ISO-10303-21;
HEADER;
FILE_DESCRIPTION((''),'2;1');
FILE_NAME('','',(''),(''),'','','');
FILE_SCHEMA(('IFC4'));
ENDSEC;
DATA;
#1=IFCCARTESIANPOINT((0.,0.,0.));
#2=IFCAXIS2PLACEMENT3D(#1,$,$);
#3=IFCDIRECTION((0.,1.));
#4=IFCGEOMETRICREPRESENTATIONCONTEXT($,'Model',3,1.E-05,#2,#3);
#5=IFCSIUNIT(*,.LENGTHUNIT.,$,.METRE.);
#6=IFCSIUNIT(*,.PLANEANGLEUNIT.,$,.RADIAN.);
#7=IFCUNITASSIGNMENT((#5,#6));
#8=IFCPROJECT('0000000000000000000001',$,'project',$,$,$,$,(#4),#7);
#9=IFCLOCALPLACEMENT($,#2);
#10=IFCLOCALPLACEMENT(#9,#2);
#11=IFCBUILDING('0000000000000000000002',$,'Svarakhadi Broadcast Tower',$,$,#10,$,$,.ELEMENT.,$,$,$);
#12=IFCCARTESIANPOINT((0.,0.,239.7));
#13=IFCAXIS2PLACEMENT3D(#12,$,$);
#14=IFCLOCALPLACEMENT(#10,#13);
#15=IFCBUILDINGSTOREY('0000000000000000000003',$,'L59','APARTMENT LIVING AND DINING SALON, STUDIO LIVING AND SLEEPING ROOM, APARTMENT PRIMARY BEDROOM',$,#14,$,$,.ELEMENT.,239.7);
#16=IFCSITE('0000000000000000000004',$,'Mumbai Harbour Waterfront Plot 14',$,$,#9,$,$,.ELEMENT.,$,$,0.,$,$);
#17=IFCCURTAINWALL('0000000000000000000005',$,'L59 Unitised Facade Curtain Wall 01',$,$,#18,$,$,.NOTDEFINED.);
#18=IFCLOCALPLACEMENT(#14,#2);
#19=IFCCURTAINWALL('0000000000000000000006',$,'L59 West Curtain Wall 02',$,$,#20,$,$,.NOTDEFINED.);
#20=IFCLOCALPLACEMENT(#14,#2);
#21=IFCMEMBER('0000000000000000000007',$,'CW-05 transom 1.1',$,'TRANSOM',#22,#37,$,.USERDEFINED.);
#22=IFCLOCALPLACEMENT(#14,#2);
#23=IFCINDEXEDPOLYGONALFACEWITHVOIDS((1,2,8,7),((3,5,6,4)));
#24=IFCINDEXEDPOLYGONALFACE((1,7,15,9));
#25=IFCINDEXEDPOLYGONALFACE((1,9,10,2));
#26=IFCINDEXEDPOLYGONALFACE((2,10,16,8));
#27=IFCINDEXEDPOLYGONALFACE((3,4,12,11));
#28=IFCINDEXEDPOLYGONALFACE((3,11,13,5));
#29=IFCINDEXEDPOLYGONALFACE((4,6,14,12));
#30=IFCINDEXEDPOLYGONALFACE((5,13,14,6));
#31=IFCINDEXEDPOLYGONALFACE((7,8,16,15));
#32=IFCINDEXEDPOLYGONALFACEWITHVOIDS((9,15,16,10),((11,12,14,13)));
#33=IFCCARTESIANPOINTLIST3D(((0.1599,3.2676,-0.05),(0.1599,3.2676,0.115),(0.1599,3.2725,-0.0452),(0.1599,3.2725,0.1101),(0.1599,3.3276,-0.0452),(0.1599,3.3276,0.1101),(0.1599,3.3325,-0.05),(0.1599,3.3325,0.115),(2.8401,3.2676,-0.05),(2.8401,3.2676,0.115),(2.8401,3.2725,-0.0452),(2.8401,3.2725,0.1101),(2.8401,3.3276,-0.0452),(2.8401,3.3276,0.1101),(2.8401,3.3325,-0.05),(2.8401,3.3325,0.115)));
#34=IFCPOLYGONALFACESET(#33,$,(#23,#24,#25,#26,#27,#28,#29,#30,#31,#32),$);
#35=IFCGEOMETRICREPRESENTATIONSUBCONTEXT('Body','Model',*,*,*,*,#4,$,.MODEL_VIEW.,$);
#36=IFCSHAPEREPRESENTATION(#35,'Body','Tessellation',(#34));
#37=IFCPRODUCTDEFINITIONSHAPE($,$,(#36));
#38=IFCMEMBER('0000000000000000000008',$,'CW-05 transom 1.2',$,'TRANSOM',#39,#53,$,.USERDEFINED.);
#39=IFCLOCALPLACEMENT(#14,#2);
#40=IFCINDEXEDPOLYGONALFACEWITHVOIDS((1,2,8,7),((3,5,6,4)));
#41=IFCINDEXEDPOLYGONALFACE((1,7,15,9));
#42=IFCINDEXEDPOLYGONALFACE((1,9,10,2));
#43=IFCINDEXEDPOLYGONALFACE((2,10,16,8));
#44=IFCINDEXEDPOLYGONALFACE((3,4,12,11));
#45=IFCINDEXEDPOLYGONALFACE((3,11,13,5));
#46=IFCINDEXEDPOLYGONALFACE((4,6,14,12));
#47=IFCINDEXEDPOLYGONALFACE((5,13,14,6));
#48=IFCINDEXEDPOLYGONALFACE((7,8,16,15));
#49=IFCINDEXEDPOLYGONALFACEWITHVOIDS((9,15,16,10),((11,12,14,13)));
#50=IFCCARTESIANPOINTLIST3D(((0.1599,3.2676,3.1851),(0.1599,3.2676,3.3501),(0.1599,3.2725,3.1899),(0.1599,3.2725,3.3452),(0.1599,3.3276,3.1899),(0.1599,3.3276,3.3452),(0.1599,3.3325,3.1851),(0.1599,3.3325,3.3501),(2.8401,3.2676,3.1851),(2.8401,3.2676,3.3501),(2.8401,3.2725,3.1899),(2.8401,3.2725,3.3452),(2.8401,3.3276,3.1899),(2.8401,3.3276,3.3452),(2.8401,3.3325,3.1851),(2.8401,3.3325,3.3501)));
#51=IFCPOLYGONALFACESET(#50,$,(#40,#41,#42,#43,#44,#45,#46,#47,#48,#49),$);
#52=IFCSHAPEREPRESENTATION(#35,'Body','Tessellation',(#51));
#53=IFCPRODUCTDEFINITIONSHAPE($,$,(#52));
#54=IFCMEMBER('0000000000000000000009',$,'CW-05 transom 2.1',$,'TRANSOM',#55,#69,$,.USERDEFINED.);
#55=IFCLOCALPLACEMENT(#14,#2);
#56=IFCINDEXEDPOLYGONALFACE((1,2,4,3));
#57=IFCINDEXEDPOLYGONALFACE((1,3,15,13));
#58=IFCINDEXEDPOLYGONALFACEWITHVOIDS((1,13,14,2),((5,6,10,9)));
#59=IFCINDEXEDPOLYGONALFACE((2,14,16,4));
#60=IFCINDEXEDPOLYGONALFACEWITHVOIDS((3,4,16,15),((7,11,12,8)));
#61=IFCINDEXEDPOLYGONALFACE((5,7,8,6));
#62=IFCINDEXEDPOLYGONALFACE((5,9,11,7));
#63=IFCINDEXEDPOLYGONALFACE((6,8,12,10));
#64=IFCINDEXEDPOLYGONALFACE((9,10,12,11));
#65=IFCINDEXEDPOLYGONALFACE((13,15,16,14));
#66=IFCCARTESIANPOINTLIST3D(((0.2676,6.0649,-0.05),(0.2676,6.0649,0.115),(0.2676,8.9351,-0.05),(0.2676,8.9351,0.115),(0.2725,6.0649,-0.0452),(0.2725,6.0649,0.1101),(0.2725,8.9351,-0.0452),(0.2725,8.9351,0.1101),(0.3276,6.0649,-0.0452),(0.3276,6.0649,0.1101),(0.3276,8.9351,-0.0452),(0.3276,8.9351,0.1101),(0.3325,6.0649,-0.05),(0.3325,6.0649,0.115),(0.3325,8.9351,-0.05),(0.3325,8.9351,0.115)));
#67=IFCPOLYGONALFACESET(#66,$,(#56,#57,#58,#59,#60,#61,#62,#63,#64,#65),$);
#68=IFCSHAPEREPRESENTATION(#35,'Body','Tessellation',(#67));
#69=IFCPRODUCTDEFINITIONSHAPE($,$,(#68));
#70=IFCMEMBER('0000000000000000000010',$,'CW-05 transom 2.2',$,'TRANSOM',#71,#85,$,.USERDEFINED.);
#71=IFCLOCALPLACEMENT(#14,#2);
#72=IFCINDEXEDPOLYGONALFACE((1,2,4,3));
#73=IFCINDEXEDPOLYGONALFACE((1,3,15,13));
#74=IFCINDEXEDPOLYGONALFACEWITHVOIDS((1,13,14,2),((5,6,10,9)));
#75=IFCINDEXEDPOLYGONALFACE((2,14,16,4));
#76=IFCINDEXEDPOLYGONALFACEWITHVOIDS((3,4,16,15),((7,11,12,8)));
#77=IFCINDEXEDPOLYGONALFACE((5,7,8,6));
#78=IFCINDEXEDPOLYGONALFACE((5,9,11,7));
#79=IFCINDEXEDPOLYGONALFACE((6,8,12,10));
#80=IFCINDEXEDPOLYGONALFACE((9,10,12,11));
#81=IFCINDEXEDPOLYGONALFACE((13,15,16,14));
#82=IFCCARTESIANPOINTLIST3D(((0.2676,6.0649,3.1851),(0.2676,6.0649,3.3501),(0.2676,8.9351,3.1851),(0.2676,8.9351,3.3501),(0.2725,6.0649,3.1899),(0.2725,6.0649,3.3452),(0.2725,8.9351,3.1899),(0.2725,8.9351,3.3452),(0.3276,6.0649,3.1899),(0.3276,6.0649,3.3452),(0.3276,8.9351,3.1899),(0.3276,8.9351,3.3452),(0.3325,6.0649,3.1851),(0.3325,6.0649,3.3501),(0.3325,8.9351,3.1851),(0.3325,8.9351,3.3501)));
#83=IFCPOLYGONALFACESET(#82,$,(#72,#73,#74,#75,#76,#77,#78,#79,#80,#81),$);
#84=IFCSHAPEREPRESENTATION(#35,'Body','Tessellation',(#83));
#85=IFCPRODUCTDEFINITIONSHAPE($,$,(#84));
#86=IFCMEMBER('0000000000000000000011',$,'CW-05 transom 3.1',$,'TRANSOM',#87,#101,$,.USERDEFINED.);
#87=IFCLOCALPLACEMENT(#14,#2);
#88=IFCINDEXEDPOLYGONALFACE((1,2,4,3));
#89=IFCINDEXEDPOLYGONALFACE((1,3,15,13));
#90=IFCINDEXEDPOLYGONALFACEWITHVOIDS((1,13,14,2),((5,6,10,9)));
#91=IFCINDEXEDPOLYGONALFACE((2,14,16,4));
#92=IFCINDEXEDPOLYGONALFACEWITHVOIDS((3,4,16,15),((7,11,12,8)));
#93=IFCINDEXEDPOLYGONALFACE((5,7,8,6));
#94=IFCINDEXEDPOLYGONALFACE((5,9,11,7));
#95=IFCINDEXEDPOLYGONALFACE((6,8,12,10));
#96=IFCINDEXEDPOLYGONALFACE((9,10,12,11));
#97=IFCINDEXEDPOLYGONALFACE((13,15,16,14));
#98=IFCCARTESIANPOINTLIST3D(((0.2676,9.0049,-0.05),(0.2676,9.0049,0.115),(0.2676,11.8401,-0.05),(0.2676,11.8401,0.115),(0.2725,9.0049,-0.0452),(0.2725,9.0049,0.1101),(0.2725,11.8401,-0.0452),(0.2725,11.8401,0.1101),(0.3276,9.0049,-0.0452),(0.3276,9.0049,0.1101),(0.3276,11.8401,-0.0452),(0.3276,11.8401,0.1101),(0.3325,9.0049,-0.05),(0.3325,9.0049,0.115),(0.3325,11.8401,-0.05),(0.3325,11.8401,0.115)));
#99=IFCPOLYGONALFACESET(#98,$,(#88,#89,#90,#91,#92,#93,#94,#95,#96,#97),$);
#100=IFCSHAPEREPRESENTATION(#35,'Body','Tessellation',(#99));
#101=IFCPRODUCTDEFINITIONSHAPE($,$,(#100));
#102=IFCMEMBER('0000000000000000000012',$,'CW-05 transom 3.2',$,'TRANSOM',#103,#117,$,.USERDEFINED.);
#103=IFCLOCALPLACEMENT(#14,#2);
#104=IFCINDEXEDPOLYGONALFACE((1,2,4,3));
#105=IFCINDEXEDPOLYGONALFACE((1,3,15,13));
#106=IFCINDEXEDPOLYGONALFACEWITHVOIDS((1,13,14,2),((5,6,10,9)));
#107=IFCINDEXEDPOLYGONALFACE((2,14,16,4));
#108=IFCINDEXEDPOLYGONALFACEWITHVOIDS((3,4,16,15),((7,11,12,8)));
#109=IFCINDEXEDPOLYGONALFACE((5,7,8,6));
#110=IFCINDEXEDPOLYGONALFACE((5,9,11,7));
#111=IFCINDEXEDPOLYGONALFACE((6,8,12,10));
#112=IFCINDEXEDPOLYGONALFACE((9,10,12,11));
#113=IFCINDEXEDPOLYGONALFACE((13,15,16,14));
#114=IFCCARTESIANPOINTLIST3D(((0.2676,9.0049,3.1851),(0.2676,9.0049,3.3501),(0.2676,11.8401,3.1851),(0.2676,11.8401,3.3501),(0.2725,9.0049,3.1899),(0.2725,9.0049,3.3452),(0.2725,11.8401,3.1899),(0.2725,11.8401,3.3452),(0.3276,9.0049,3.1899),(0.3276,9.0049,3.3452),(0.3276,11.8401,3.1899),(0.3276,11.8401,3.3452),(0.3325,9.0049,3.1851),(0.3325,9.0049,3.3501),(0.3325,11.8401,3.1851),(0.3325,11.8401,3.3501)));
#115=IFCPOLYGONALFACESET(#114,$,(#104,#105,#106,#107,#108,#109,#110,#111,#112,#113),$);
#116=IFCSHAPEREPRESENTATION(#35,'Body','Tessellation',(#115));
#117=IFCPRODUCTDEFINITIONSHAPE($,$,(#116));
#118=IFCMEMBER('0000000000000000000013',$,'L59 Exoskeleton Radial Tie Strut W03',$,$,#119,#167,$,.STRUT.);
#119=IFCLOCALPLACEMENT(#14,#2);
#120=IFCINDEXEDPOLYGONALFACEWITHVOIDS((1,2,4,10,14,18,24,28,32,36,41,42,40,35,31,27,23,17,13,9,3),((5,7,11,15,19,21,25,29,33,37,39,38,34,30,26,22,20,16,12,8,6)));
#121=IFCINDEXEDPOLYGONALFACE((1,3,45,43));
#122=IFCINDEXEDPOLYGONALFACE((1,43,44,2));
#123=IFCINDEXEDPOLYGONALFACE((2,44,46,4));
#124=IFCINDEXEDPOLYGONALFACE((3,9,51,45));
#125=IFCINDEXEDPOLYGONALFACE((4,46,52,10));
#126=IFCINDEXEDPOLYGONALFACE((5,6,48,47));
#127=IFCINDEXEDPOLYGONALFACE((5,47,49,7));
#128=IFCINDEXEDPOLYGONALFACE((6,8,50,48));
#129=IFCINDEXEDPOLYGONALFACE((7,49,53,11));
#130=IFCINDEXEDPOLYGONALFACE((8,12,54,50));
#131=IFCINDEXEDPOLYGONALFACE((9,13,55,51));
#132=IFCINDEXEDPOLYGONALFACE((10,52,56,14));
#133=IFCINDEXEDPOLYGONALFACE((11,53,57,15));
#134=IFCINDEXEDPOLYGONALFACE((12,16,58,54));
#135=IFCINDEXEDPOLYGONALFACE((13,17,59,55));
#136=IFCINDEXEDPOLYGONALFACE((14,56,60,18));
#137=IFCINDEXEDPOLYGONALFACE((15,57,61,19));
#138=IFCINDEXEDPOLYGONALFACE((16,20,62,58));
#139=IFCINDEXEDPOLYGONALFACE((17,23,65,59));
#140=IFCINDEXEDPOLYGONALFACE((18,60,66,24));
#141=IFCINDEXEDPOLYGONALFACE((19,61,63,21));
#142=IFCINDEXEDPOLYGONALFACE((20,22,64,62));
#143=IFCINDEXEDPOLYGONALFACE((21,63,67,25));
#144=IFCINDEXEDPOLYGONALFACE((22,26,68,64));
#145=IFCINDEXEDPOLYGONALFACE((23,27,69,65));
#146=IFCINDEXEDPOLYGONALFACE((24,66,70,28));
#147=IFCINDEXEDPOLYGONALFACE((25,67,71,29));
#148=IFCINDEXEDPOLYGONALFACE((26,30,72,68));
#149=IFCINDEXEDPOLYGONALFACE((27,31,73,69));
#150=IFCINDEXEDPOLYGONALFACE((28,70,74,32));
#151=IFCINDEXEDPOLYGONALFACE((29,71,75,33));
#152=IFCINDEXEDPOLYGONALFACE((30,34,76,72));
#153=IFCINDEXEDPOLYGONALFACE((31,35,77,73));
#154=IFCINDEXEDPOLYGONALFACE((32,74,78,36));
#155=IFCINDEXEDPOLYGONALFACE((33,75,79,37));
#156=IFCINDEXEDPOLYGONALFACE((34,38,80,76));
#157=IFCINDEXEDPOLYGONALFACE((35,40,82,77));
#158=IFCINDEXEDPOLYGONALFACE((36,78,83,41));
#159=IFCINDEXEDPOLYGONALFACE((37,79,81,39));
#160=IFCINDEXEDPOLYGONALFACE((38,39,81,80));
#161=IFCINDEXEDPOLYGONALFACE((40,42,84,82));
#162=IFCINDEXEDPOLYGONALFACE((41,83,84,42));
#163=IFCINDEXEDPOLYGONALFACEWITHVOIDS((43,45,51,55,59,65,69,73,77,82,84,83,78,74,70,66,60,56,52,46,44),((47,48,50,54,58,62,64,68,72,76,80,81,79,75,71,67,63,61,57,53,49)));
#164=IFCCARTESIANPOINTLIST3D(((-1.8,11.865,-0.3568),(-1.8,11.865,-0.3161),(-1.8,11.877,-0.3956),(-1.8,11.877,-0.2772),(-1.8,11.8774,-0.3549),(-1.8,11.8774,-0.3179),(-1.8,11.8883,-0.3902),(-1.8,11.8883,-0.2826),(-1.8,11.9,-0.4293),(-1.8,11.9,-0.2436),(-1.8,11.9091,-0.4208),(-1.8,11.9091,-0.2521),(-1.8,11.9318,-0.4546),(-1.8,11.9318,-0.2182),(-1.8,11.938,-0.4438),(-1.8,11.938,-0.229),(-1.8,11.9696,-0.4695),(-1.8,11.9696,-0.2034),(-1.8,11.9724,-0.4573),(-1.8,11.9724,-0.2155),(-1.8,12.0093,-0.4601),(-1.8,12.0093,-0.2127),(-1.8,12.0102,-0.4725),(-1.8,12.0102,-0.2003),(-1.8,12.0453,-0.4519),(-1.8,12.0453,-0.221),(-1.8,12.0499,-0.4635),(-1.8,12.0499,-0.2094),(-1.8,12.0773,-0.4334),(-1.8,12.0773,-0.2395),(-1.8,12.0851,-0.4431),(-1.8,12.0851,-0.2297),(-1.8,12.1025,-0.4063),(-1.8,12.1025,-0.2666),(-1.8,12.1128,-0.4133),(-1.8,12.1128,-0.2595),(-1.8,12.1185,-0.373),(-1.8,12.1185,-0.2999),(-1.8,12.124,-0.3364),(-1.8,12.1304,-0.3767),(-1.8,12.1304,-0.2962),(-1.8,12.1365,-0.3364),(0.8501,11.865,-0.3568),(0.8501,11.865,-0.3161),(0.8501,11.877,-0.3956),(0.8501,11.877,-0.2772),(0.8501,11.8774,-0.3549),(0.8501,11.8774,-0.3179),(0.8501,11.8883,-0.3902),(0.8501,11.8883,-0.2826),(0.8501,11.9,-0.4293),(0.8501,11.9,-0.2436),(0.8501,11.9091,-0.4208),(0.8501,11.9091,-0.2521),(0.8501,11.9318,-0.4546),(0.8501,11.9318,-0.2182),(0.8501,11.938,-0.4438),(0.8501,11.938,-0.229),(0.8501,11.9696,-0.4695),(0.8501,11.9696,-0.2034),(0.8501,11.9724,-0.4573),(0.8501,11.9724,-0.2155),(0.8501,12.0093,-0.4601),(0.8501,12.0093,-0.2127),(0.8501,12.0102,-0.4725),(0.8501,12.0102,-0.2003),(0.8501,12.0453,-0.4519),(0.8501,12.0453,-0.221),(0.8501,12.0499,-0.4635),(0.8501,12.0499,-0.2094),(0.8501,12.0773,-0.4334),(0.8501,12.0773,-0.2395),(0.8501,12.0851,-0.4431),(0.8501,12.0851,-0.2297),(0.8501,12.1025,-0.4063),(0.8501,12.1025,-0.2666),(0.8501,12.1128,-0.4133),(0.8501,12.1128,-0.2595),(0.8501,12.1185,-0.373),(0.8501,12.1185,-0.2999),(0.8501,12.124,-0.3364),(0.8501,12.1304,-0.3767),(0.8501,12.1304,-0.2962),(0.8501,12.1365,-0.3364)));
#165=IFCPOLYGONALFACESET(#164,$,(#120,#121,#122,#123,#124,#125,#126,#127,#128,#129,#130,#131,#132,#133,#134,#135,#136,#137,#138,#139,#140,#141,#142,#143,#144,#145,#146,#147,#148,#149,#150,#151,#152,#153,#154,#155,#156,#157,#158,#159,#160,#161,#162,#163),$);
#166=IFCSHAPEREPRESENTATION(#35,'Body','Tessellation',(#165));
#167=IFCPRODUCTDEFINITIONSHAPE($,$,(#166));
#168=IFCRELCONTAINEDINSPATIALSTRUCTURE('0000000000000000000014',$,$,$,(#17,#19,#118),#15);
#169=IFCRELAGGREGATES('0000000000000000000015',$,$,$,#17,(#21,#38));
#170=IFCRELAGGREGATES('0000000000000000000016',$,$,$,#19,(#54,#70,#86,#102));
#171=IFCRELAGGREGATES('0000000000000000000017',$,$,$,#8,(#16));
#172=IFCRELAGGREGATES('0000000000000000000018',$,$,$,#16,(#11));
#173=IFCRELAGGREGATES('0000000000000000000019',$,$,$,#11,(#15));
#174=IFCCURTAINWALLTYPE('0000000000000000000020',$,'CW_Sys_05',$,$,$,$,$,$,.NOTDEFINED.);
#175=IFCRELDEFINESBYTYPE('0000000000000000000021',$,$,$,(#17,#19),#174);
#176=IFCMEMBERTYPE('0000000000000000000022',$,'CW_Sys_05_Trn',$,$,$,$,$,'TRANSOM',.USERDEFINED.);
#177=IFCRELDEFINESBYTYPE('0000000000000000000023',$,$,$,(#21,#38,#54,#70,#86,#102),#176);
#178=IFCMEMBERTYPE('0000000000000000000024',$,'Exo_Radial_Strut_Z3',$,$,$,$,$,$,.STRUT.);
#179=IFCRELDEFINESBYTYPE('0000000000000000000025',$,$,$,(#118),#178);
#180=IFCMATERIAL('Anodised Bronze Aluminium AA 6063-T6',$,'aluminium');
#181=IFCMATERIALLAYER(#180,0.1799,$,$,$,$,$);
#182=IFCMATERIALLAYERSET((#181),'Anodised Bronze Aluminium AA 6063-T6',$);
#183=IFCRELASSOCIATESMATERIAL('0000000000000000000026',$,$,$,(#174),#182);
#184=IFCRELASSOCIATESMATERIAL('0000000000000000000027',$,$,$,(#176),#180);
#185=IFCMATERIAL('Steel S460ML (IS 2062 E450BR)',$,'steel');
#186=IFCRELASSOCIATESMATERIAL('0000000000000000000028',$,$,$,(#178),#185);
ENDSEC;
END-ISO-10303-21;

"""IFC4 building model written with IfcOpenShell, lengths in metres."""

from ifc_helpers import new_model, si_unit, direction, frame, origin, origin_2d, place, context, subcontext, project, spatial, hollow_rectangle, hollow_circle, extrude, material, layer, layer_set, material_profile, profile_set, type_object, element, aggregate, save


model = new_model("IFC4")

# Units and contexts
model_context = context("Model", 3, precision=1e-05, world=origin(), true_north=direction((0.0, 1.0)))
body_context = subcontext(model_context, "Body", "Model", "MODEL_VIEW")
ifc_project = project(units=[si_unit("LENGTHUNIT", "METRE"), si_unit("PLANEANGLEUNIT", "RADIAN")], contexts=[model_context])

# Site, building, storey
site_placement = place(None, origin())
site = spatial("IfcSite", under=ifc_project, at=site_placement, Name="Mumbai Harbour Waterfront Plot 14", CompositionType="ELEMENT", RefElevation=0.0)
building_placement = place(site_placement, origin())
building = spatial("IfcBuilding", under=site, at=building_placement, Name="Svarakhadi Broadcast Tower", CompositionType="ELEMENT")
storey_placement = place(building_placement, frame((0.0, 0.0, 239.7)))
storey = spatial("IfcBuildingStorey", under=building, at=storey_placement, Name="L59", Description="APARTMENT LIVING AND DINING SALON, STUDIO LIVING AND SLEEPING ROOM, APARTMENT PRIMARY BEDROOM", CompositionType="ELEMENT", Elevation=239.7)

# Shared definitions
ifc_material_1 = material(Name="Steel S460ML (IS 2062 E450BR)", Category="steel")

# Curtain wall
ifc_material_2 = material(Name="Anodised Bronze Aluminium AA 6063-T6", Category="aluminium")
ifc_layer_1 = layer(ifc_material_2, 0.1799)
ifc_layer_set_1 = layer_set([ifc_layer_1], Name="Anodised Bronze Aluminium AA 6063-T6")
curtain_wall_type = type_object("IfcCurtainWallType", Name="CW_Sys_05", PredefinedType="NOTDEFINED", material=ifc_layer_set_1)
curtain_wall_1_placement = place(storey_placement, origin())
curtain_wall_1 = element("IfcCurtainWall", 1, at=curtain_wall_1_placement, inside=storey, type_object=curtain_wall_type, Name="L59 Unitised Facade Curtain Wall 01", PredefinedType="NOTDEFINED")

# Curtain wall
curtain_wall_2_placement = place(storey_placement, origin())
curtain_wall_2 = element("IfcCurtainWall", 2, at=curtain_wall_2_placement, inside=storey, type_object=curtain_wall_type, Name="L59 West Curtain Wall 02", PredefinedType="NOTDEFINED")

# Members
ifc_material_profile_1 = material_profile(ifc_material_2, hollow_rectangle(XDim=0.0649, YDim=0.165, WallThickness=0.0049, at=origin_2d()), Name="ALU TRANSOM 165x65x5")
ifc_profile_set_1 = profile_set([ifc_material_profile_1], Name="Anodised Bronze Aluminium AA 6063-T6")
member_type_1 = type_object("IfcMemberType", Name="CW_Sys_05_Trn", ElementType="TRANSOM", PredefinedType="USERDEFINED", material=ifc_profile_set_1)
member_1_placement = place(storey_placement, frame((2.8401, 3.3, 0.0325), z_axis=(-1.0, 0.0, 0.0), x_axis=(0.0, -1.0, 0.0)))
member_1 = element("IfcMember", 3, at=member_1_placement, type_object=member_type_1, Name="CW-05 transom 1.1", ObjectType="TRANSOM", PredefinedType="USERDEFINED", context=body_context, shape_type="SweptSolid", body=[
    extrude(hollow_rectangle(XDim=0.0649, YDim=0.165, WallThickness=0.0049, at=origin_2d()), origin(), (0.0, 0.0, 1.0), 2.6802),
])
member_2_placement = place(storey_placement, frame((2.8401, 3.3, 3.2676), z_axis=(-1.0, 0.0, 0.0), x_axis=(0.0, -1.0, 0.0)))
member_2 = element("IfcMember", 4, at=member_2_placement, type_object=member_type_1, Name="CW-05 transom 1.2", ObjectType="TRANSOM", PredefinedType="USERDEFINED", context=body_context, shape_type="SweptSolid", body=[
    extrude(hollow_rectangle(XDim=0.0649, YDim=0.165, WallThickness=0.0049, at=origin_2d()), origin(), (0.0, 0.0, 1.0), 2.6802),
])
aggregate(curtain_wall_1, [member_1, member_2])
member_3_placement = place(storey_placement, frame((0.3, 6.0649, 0.0325), z_axis=(0.0, 1.0, 0.0), x_axis=(-1.0, 0.0, 0.0)))
member_3 = element("IfcMember", 5, at=member_3_placement, type_object=member_type_1, Name="CW-05 transom 2.1", ObjectType="TRANSOM", PredefinedType="USERDEFINED", context=body_context, shape_type="SweptSolid", body=[
    extrude(hollow_rectangle(XDim=0.0649, YDim=0.165, WallThickness=0.0049, at=origin_2d()), origin(), (0.0, 0.0, 1.0), 2.8701),
])
member_4_placement = place(storey_placement, frame((0.3, 6.0649, 3.2676), z_axis=(0.0, 1.0, 0.0), x_axis=(-1.0, 0.0, 0.0)))
member_4 = element("IfcMember", 6, at=member_4_placement, type_object=member_type_1, Name="CW-05 transom 2.2", ObjectType="TRANSOM", PredefinedType="USERDEFINED", context=body_context, shape_type="SweptSolid", body=[
    extrude(hollow_rectangle(XDim=0.0649, YDim=0.165, WallThickness=0.0049, at=origin_2d()), origin(), (0.0, 0.0, 1.0), 2.8701),
])
member_5_placement = place(storey_placement, frame((0.3, 9.0049, 0.0325), z_axis=(0.0, 1.0, 0.0), x_axis=(-1.0, 0.0, 0.0)))
member_5 = element("IfcMember", 7, at=member_5_placement, type_object=member_type_1, Name="CW-05 transom 3.1", ObjectType="TRANSOM", PredefinedType="USERDEFINED", context=body_context, shape_type="SweptSolid", body=[
    extrude(hollow_rectangle(XDim=0.0649, YDim=0.165, WallThickness=0.0049, at=origin_2d()), origin(), (0.0, 0.0, 1.0), 2.8352),
])
member_6_placement = place(storey_placement, frame((0.3, 9.0049, 3.2676), z_axis=(0.0, 1.0, 0.0), x_axis=(-1.0, 0.0, 0.0)))
member_6 = element("IfcMember", 8, at=member_6_placement, type_object=member_type_1, Name="CW-05 transom 3.2", ObjectType="TRANSOM", PredefinedType="USERDEFINED", context=body_context, shape_type="SweptSolid", body=[
    extrude(hollow_rectangle(XDim=0.0649, YDim=0.165, WallThickness=0.0049, at=origin_2d()), origin(), (0.0, 0.0, 1.0), 2.8352),
])
ifc_material_profile_2 = material_profile(ifc_material_1, hollow_circle(Radius=0.1365, WallThickness=0.0125, at=origin_2d()), Name="CHS 273x12.5")
ifc_profile_set_2 = profile_set([ifc_material_profile_2], Name="Steel S460ML (IS 2062 E450BR)")
member_type_2 = type_object("IfcMemberType", Name="Exo_Radial_Strut_Z3", PredefinedType="STRUT", material=ifc_profile_set_2)
member_7_placement = place(storey_placement, frame((-1.8, 12.0, -0.3364), z_axis=(1.0, 0.0, 0.0), x_axis=(0.0, 1.0, 0.0)))
element("IfcMember", 9, at=member_7_placement, inside=storey, type_object=member_type_2, Name="L59 Exoskeleton Radial Tie Strut W03", PredefinedType="STRUT", context=body_context, shape_type="SweptSolid", body=[
    extrude(hollow_circle(Radius=0.1365, WallThickness=0.0125, at=origin_2d()), origin(), (0.0, 0.0, 1.0), 2.6501),
])

aggregate(curtain_wall_2, [member_3, member_4, member_5, member_6])

save(model, "model.ifc")
